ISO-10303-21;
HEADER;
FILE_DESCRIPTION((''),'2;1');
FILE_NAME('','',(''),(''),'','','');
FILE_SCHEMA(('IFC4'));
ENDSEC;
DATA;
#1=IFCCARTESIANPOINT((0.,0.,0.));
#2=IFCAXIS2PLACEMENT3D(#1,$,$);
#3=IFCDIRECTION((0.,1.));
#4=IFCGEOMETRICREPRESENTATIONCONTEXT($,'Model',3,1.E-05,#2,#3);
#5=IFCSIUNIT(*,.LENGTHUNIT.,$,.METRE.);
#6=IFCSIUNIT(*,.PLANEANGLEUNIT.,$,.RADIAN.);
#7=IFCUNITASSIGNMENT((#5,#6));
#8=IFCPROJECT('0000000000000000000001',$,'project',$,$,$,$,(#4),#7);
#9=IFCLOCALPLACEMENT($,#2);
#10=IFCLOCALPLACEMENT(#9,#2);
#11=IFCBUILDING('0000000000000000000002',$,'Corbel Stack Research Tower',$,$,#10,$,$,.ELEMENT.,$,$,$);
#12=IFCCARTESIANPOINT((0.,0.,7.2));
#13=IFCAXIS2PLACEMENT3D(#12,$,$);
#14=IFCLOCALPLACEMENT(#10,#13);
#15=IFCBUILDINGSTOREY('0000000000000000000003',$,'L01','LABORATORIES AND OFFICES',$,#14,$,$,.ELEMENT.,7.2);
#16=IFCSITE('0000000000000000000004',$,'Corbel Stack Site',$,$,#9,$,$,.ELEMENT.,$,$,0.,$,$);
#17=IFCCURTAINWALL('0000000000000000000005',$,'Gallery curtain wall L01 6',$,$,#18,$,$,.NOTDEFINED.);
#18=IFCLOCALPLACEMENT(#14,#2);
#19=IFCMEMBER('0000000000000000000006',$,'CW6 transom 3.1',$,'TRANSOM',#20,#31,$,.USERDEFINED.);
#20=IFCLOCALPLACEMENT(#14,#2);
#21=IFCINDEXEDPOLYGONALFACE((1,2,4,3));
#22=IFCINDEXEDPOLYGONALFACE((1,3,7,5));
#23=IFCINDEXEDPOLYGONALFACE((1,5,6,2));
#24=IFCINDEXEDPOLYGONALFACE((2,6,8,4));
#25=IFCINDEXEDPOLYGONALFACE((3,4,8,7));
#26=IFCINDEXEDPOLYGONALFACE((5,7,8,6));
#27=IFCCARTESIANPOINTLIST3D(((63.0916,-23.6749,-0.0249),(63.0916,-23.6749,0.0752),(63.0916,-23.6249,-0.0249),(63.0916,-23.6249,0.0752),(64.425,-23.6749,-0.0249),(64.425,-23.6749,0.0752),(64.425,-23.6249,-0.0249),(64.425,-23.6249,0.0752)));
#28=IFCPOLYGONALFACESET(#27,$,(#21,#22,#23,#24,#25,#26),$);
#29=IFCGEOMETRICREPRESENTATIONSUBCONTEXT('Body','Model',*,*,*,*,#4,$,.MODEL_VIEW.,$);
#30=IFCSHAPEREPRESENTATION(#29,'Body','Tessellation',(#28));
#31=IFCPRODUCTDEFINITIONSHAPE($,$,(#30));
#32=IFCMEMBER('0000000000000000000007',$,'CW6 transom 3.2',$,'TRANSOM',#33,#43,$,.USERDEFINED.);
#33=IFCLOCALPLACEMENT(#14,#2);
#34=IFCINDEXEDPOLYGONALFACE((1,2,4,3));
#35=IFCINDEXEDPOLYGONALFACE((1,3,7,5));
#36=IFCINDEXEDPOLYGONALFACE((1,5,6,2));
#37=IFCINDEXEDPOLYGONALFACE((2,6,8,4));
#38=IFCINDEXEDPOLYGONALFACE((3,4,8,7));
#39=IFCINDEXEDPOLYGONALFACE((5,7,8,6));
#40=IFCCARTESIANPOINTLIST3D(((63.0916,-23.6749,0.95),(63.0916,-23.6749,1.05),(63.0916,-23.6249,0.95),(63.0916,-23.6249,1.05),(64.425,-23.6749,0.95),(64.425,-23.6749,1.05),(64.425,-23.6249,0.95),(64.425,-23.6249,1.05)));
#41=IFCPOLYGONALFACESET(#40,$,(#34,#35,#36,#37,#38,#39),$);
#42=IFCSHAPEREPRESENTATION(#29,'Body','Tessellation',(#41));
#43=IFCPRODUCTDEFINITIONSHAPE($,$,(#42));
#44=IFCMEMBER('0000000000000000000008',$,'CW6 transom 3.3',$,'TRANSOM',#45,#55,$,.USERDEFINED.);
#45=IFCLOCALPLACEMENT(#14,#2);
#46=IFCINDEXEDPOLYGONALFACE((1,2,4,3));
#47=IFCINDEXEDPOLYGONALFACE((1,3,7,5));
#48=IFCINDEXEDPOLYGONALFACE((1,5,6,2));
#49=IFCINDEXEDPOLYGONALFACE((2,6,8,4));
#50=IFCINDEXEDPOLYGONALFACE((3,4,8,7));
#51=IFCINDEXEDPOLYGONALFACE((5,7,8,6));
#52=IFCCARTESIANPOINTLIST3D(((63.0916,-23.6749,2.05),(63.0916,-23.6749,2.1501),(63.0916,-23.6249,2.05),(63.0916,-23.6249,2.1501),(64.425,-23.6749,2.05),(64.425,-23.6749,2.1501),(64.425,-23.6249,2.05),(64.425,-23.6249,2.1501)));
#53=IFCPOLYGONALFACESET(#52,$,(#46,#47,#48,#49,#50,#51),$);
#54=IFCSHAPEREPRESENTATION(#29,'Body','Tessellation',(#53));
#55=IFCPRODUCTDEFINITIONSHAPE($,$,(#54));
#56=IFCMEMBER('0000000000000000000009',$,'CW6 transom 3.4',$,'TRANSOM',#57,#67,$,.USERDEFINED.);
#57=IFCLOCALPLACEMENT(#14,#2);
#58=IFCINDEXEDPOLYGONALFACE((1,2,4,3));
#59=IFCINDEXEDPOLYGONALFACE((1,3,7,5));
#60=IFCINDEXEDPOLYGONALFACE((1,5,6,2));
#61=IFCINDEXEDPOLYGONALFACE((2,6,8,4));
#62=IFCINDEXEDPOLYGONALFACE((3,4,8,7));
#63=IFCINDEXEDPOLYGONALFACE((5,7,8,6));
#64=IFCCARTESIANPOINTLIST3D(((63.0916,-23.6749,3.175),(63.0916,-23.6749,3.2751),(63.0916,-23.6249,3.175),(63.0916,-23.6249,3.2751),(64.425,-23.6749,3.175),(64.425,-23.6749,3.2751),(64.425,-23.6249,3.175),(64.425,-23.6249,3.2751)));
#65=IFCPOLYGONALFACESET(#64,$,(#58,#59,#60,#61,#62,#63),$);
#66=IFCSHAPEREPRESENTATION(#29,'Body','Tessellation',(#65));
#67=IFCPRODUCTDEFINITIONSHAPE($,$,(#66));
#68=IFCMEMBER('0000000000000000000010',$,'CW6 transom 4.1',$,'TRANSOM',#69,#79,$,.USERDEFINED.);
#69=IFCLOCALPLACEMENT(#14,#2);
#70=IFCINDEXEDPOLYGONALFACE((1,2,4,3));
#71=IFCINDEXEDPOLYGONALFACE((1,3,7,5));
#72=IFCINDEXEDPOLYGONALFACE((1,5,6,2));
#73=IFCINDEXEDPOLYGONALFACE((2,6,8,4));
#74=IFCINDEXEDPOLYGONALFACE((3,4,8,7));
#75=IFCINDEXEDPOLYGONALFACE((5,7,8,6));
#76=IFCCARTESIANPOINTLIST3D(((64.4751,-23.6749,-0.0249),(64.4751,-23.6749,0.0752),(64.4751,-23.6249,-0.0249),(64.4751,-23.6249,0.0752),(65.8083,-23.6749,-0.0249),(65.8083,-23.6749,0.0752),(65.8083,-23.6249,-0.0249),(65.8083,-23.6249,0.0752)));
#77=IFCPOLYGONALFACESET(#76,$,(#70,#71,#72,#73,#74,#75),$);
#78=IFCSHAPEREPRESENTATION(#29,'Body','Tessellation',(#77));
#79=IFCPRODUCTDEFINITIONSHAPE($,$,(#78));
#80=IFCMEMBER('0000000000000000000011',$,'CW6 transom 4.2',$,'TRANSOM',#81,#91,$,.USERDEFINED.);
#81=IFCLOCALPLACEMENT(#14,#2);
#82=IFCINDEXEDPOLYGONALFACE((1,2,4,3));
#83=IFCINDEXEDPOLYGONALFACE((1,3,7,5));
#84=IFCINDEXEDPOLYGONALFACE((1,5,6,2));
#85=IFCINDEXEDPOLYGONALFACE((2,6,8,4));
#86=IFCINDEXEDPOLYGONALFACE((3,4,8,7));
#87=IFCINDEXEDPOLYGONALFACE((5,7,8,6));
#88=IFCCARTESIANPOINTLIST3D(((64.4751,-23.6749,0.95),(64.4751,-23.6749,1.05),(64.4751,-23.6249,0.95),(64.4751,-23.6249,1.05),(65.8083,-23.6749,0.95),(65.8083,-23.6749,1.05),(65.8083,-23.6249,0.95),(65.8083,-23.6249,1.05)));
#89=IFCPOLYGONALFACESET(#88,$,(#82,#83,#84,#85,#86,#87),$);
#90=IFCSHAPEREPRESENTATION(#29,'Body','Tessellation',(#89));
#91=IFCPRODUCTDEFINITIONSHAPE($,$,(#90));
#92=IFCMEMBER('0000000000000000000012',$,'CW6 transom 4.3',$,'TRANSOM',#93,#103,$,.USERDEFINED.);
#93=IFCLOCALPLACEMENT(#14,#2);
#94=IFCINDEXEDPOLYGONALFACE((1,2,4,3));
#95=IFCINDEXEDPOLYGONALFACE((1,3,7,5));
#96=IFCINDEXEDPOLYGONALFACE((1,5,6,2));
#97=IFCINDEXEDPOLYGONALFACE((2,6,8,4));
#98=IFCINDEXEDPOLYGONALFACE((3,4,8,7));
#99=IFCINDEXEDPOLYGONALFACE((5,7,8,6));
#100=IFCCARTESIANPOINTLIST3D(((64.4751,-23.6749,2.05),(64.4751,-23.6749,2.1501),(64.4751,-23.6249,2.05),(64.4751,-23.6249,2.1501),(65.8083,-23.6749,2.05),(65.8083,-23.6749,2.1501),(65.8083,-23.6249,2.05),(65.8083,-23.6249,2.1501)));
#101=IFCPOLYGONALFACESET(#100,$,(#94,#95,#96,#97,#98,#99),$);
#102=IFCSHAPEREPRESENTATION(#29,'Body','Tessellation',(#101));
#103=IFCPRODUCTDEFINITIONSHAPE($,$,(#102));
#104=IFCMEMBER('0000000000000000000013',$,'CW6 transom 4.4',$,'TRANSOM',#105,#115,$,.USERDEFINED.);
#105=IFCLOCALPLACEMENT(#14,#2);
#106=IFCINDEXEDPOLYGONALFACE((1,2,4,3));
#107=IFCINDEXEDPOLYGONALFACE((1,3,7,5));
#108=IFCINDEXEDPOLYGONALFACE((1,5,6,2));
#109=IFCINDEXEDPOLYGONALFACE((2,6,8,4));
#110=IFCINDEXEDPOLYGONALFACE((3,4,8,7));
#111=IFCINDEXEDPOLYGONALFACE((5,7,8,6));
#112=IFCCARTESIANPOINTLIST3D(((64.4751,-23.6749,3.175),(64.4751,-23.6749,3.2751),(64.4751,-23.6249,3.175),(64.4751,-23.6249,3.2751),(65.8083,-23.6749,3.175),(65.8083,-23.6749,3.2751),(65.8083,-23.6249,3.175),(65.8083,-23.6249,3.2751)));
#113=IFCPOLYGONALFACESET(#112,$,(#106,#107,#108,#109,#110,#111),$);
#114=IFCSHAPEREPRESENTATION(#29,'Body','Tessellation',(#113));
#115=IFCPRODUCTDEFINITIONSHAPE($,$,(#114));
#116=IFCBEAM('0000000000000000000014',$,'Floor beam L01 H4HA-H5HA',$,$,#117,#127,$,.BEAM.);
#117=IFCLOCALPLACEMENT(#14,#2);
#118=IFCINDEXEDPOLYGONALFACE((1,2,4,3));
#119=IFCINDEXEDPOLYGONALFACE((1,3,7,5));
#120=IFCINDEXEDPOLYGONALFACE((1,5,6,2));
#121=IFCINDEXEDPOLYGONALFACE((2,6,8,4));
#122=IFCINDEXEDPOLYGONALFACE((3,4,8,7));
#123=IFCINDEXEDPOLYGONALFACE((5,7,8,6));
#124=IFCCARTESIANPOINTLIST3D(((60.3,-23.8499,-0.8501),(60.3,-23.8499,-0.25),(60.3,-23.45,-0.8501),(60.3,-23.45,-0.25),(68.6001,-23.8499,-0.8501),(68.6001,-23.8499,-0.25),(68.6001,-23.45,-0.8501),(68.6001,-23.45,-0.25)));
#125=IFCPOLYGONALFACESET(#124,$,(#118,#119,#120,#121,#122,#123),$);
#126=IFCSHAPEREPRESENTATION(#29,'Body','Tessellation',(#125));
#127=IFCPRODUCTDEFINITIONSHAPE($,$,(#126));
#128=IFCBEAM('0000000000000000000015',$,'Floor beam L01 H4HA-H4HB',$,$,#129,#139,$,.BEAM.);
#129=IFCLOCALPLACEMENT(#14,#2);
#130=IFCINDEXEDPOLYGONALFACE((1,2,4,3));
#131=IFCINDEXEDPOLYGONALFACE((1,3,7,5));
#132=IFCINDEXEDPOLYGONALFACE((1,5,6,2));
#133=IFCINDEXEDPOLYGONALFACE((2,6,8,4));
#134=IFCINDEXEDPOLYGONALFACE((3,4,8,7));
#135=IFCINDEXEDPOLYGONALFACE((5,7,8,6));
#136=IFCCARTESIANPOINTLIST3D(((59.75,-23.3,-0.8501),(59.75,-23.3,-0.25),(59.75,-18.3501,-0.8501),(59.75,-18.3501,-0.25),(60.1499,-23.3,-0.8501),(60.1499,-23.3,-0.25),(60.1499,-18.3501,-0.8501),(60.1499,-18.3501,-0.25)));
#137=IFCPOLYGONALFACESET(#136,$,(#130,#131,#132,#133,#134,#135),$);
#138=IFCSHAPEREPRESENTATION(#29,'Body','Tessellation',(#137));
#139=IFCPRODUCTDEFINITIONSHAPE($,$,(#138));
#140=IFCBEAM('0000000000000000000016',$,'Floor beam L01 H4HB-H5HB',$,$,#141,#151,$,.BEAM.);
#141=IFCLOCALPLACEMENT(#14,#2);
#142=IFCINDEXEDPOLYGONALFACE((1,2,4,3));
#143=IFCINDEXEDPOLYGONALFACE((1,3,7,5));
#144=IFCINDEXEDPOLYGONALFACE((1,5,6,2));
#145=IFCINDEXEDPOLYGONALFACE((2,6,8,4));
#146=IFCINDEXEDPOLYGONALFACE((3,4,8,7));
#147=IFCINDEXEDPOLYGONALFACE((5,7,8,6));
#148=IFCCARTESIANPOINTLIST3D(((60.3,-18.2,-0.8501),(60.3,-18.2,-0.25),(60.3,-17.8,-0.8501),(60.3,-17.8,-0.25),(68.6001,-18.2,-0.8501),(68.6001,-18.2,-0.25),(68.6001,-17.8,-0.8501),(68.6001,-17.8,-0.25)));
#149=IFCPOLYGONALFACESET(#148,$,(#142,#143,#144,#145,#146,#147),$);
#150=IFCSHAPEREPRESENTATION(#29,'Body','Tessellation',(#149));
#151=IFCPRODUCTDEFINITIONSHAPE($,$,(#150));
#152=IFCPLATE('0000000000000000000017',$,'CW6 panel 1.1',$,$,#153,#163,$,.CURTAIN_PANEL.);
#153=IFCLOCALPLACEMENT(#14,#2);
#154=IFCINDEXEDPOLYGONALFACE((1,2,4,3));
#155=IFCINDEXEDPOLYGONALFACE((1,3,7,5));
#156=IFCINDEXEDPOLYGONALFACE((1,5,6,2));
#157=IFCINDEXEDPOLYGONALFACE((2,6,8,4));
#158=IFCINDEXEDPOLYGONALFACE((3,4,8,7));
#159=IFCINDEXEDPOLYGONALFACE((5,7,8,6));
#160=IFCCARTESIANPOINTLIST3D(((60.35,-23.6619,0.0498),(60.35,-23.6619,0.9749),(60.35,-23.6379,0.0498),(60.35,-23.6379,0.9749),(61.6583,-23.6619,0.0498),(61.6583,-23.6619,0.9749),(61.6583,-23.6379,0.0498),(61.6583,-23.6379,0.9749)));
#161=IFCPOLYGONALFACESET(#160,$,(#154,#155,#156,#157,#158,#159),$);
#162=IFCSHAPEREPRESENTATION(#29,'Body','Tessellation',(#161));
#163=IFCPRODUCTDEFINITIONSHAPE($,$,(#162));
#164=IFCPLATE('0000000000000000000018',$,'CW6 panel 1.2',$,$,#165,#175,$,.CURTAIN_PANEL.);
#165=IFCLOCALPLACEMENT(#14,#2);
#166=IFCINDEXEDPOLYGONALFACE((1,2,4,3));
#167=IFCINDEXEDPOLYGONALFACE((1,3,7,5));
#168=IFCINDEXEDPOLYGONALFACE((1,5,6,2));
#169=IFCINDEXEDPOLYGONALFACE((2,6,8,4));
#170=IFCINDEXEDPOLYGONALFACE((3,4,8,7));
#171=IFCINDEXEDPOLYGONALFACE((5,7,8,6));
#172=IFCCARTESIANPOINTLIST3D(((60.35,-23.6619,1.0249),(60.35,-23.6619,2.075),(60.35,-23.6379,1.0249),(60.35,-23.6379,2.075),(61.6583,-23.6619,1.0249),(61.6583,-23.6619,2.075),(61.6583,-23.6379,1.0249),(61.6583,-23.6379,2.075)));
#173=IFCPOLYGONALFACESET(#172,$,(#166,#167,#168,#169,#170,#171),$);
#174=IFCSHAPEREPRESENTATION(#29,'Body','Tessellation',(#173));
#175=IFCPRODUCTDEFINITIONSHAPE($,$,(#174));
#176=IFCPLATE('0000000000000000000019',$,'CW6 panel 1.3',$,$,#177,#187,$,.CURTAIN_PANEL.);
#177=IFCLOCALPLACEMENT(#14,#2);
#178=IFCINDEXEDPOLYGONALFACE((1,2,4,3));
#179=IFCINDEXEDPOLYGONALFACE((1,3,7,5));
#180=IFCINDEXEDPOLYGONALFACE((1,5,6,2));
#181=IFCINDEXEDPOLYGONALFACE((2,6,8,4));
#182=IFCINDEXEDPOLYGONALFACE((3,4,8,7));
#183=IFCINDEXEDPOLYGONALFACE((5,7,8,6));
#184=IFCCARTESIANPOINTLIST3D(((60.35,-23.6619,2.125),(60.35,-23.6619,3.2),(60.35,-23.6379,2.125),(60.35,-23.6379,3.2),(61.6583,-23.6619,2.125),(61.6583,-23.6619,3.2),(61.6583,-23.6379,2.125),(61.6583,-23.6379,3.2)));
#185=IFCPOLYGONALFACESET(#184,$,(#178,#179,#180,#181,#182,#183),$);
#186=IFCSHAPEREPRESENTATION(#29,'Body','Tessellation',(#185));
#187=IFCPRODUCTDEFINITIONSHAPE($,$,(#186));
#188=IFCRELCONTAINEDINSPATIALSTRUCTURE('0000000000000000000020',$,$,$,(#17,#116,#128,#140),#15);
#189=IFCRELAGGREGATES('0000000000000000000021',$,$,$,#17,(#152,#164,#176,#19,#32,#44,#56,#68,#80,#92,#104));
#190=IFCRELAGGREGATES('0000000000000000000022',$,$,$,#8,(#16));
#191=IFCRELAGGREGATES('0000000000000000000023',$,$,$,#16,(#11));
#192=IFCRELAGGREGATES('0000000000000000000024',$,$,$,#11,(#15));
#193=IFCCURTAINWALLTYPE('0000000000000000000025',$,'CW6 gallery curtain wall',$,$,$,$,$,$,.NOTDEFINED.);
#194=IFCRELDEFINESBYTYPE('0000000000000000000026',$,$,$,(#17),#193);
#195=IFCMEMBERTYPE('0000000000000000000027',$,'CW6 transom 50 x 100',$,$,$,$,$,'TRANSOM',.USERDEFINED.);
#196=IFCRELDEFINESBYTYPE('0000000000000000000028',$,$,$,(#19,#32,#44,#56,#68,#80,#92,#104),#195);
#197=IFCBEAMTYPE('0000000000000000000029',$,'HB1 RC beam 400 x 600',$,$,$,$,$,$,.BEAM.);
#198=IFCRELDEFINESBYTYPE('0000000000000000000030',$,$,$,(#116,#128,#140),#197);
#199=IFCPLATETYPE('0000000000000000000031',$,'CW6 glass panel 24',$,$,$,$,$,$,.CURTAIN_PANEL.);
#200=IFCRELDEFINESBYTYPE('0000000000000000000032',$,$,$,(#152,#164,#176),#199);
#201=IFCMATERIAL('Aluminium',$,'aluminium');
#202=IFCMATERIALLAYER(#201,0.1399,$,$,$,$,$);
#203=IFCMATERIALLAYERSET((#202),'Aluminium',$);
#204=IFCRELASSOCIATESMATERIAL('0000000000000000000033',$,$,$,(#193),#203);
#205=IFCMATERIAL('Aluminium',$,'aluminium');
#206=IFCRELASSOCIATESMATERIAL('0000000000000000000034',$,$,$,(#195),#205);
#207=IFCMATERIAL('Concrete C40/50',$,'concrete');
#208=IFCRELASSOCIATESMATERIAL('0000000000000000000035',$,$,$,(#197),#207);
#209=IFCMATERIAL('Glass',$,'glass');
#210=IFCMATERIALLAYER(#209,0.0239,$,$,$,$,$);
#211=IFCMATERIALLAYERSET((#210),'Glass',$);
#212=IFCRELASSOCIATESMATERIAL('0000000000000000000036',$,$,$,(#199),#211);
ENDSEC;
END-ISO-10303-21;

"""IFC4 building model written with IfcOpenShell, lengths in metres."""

from ifc_helpers import new_model, si_unit, direction, frame, origin, origin_2d, place, context, subcontext, project, spatial, rectangle, extrude, material, layer, layer_set, material_profile, profile_set, type_object, element, aggregate, save


model = new_model("IFC4")

# Units and contexts
model_context = context("Model", 3, precision=1e-05, world=origin(), true_north=direction((0.0, 1.0)))
body_context = subcontext(model_context, "Body", "Model", "MODEL_VIEW")
ifc_project = project(units=[si_unit("LENGTHUNIT", "METRE"), si_unit("PLANEANGLEUNIT", "RADIAN")], contexts=[model_context])

# Site, building, storey
site_placement = place(None, origin())
site = spatial("IfcSite", under=ifc_project, at=site_placement, Name="Corbel Stack Site", CompositionType="ELEMENT", RefElevation=0.0)
building_placement = place(site_placement, origin())
building = spatial("IfcBuilding", under=site, at=building_placement, Name="Corbel Stack Research Tower", CompositionType="ELEMENT")
storey_placement = place(building_placement, frame((0.0, 0.0, 7.2)))
storey = spatial("IfcBuildingStorey", under=building, at=storey_placement, Name="L01", Description="LABORATORIES AND OFFICES", CompositionType="ELEMENT", Elevation=7.2)

# Curtain wall, members
ifc_material_1 = material(Name="Aluminium", Category="aluminium")
ifc_layer_1 = layer(ifc_material_1, 0.1399)
ifc_layer_set_1 = layer_set([ifc_layer_1], Name="Aluminium")
curtain_wall_type = type_object("IfcCurtainWallType", Name="CW6 gallery curtain wall", PredefinedType="NOTDEFINED", material=ifc_layer_set_1)
curtain_wall_placement = place(storey_placement, origin())
curtain_wall = element("IfcCurtainWall", 1, at=curtain_wall_placement, inside=storey, type_object=curtain_wall_type, Name="Gallery curtain wall L01 6", PredefinedType="NOTDEFINED")
ifc_material_2 = material(Name="Aluminium", Category="aluminium")
ifc_material_profile_1 = material_profile(ifc_material_2, rectangle(XDim=0.05, YDim=0.1001, at=origin_2d()), Name="Transom 50 x 100")
ifc_profile_set_1 = profile_set([ifc_material_profile_1], Name="Aluminium")
member_type_1 = type_object("IfcMemberType", Name="CW6 transom 50 x 100", ElementType="TRANSOM", PredefinedType="USERDEFINED", material=ifc_profile_set_1)
member_1_placement = place(storey_placement, frame((63.0916, -23.6499, 0.0251), z_axis=(1.0, 0.0, 0.0), x_axis=(0.0, 1.0, 0.0)))
member_1 = element("IfcMember", 2, at=member_1_placement, type_object=member_type_1, Name="CW6 transom 3.1", ObjectType="TRANSOM", PredefinedType="USERDEFINED", context=body_context, shape_type="SweptSolid", body=[
    extrude(rectangle(XDim=0.05, YDim=0.1001, at=origin_2d()), origin(), (0.0, 0.0, 1.0), 1.3335),
])
member_2_placement = place(storey_placement, frame((63.0916, -23.6499, 1.0), z_axis=(1.0, 0.0, 0.0), x_axis=(0.0, 1.0, 0.0)))
member_2 = element("IfcMember", 3, at=member_2_placement, type_object=member_type_1, Name="CW6 transom 3.2", ObjectType="TRANSOM", PredefinedType="USERDEFINED", context=body_context, shape_type="SweptSolid", body=[
    extrude(rectangle(XDim=0.05, YDim=0.1001, at=origin_2d()), origin(), (0.0, 0.0, 1.0), 1.3335),
])
member_3_placement = place(storey_placement, frame((63.0916, -23.6499, 2.1001), z_axis=(1.0, 0.0, 0.0), x_axis=(0.0, 1.0, 0.0)))
member_3 = element("IfcMember", 4, at=member_3_placement, type_object=member_type_1, Name="CW6 transom 3.3", ObjectType="TRANSOM", PredefinedType="USERDEFINED", context=body_context, shape_type="SweptSolid", body=[
    extrude(rectangle(XDim=0.05, YDim=0.1001, at=origin_2d()), origin(), (0.0, 0.0, 1.0), 1.3335),
])
member_4_placement = place(storey_placement, frame((63.0916, -23.6499, 3.2251), z_axis=(1.0, 0.0, 0.0), x_axis=(0.0, 1.0, 0.0)))
member_4 = element("IfcMember", 5, at=member_4_placement, type_object=member_type_1, Name="CW6 transom 3.4", ObjectType="TRANSOM", PredefinedType="USERDEFINED", context=body_context, shape_type="SweptSolid", body=[
    extrude(rectangle(XDim=0.05, YDim=0.1001, at=origin_2d()), origin(), (0.0, 0.0, 1.0), 1.3335),
])
member_5_placement = place(storey_placement, frame((64.4751, -23.6499, 0.0251), z_axis=(1.0, 0.0, 0.0), x_axis=(0.0, 1.0, 0.0)))
member_5 = element("IfcMember", 6, at=member_5_placement, type_object=member_type_1, Name="CW6 transom 4.1", ObjectType="TRANSOM", PredefinedType="USERDEFINED", context=body_context, shape_type="SweptSolid", body=[
    extrude(rectangle(XDim=0.05, YDim=0.1001, at=origin_2d()), origin(), (0.0, 0.0, 1.0), 1.3333),
])
member_6_placement = place(storey_placement, frame((64.4751, -23.6499, 1.0), z_axis=(1.0, 0.0, 0.0), x_axis=(0.0, 1.0, 0.0)))
member_6 = element("IfcMember", 7, at=member_6_placement, type_object=member_type_1, Name="CW6 transom 4.2", ObjectType="TRANSOM", PredefinedType="USERDEFINED", context=body_context, shape_type="SweptSolid", body=[
    extrude(rectangle(XDim=0.05, YDim=0.1001, at=origin_2d()), origin(), (0.0, 0.0, 1.0), 1.3333),
])
member_7_placement = place(storey_placement, frame((64.4751, -23.6499, 2.1001), z_axis=(1.0, 0.0, 0.0), x_axis=(0.0, 1.0, 0.0)))
member_7 = element("IfcMember", 8, at=member_7_placement, type_object=member_type_1, Name="CW6 transom 4.3", ObjectType="TRANSOM", PredefinedType="USERDEFINED", context=body_context, shape_type="SweptSolid", body=[
    extrude(rectangle(XDim=0.05, YDim=0.1001, at=origin_2d()), origin(), (0.0, 0.0, 1.0), 1.3333),
])
member_8_placement = place(storey_placement, frame((64.4751, -23.6499, 3.2251), z_axis=(1.0, 0.0, 0.0), x_axis=(0.0, 1.0, 0.0)))
member_8 = element("IfcMember", 9, at=member_8_placement, type_object=member_type_1, Name="CW6 transom 4.4", ObjectType="TRANSOM", PredefinedType="USERDEFINED", context=body_context, shape_type="SweptSolid", body=[
    extrude(rectangle(XDim=0.05, YDim=0.1001, at=origin_2d()), origin(), (0.0, 0.0, 1.0), 1.3333),
])

# Beams
ifc_material_3 = material(Name="Concrete C40/50", Category="concrete")
ifc_material_profile_2 = material_profile(ifc_material_3, rectangle(XDim=0.3999, YDim=0.6001, at=origin_2d()), Name="RC 400 x 600")
ifc_profile_set_2 = profile_set([ifc_material_profile_2], Name="Concrete C40/50")
beam_type = type_object("IfcBeamType", Name="HB1 RC beam 400 x 600", PredefinedType="BEAM", material=ifc_profile_set_2)
beam_1_placement = place(storey_placement, frame((60.3, -23.6499, -0.55), z_axis=(1.0, 0.0, 0.0), x_axis=(0.0, 1.0, 0.0)))
element("IfcBeam", 10, at=beam_1_placement, inside=storey, type_object=beam_type, Name="Floor beam L01 H4HA-H5HA", PredefinedType="BEAM", context=body_context, shape_type="SweptSolid", body=[
    extrude(rectangle(XDim=0.3999, YDim=0.6001, at=origin_2d()), origin(), (0.0, 0.0, 1.0), 8.3),
])
beam_2_placement = place(storey_placement, frame((59.95, -23.3, -0.55), z_axis=(0.0, 1.0, 0.0), x_axis=(-1.0, 0.0, 0.0)))
element("IfcBeam", 11, at=beam_2_placement, inside=storey, type_object=beam_type, Name="Floor beam L01 H4HA-H4HB", PredefinedType="BEAM", context=body_context, shape_type="SweptSolid", body=[
    extrude(rectangle(XDim=0.3999, YDim=0.6001, at=origin_2d()), origin(), (0.0, 0.0, 1.0), 4.95),
])
beam_3_placement = place(storey_placement, frame((60.3, -18.0, -0.55), z_axis=(1.0, 0.0, 0.0), x_axis=(0.0, 1.0, 0.0)))
element("IfcBeam", 12, at=beam_3_placement, inside=storey, type_object=beam_type, Name="Floor beam L01 H4HB-H5HB", PredefinedType="BEAM", context=body_context, shape_type="SweptSolid", body=[
    extrude(rectangle(XDim=0.3999, YDim=0.6001, at=origin_2d()), origin(), (0.0, 0.0, 1.0), 8.3),
])

# Plates
ifc_material_4 = material(Name="Glass", Category="glass")
ifc_layer_2 = layer(ifc_material_4, 0.0239)
ifc_layer_set_2 = layer_set([ifc_layer_2], Name="Glass")
plate_type = type_object("IfcPlateType", Name="CW6 glass panel 24", PredefinedType="CURTAIN_PANEL", material=ifc_layer_set_2)
plate_1_placement = place(storey_placement, frame((61.0042, -23.6499, 0.0498), z_axis=(0.0, 0.0, 1.0), x_axis=(1.0, 0.0, 0.0)))
plate_1 = element("IfcPlate", 13, at=plate_1_placement, type_object=plate_type, Name="CW6 panel 1.1", PredefinedType="CURTAIN_PANEL", context=body_context, shape_type="SweptSolid", body=[
    extrude(rectangle(XDim=1.3083, YDim=0.0239, at=origin_2d()), origin(), (0.0, 0.0, 1.0), 0.925),
])
plate_2_placement = place(storey_placement, frame((61.0042, -23.6499, 1.0249), z_axis=(0.0, 0.0, 1.0), x_axis=(1.0, 0.0, 0.0)))
plate_2 = element("IfcPlate", 14, at=plate_2_placement, type_object=plate_type, Name="CW6 panel 1.2", PredefinedType="CURTAIN_PANEL", context=body_context, shape_type="SweptSolid", body=[
    extrude(rectangle(XDim=1.3083, YDim=0.0239, at=origin_2d()), origin(), (0.0, 0.0, 1.0), 1.05),
])
plate_3_placement = place(storey_placement, frame((61.0042, -23.6499, 2.125), z_axis=(0.0, 0.0, 1.0), x_axis=(1.0, 0.0, 0.0)))
plate_3 = element("IfcPlate", 15, at=plate_3_placement, type_object=plate_type, Name="CW6 panel 1.3", PredefinedType="CURTAIN_PANEL", context=body_context, shape_type="SweptSolid", body=[
    extrude(rectangle(XDim=1.3083, YDim=0.0239, at=origin_2d()), origin(), (0.0, 0.0, 1.0), 1.075),
])
aggregate(curtain_wall, [plate_1, plate_2, plate_3, member_1, member_2, member_3, member_4, member_5, member_6, member_7, member_8])

save(model, "model.ifc")
